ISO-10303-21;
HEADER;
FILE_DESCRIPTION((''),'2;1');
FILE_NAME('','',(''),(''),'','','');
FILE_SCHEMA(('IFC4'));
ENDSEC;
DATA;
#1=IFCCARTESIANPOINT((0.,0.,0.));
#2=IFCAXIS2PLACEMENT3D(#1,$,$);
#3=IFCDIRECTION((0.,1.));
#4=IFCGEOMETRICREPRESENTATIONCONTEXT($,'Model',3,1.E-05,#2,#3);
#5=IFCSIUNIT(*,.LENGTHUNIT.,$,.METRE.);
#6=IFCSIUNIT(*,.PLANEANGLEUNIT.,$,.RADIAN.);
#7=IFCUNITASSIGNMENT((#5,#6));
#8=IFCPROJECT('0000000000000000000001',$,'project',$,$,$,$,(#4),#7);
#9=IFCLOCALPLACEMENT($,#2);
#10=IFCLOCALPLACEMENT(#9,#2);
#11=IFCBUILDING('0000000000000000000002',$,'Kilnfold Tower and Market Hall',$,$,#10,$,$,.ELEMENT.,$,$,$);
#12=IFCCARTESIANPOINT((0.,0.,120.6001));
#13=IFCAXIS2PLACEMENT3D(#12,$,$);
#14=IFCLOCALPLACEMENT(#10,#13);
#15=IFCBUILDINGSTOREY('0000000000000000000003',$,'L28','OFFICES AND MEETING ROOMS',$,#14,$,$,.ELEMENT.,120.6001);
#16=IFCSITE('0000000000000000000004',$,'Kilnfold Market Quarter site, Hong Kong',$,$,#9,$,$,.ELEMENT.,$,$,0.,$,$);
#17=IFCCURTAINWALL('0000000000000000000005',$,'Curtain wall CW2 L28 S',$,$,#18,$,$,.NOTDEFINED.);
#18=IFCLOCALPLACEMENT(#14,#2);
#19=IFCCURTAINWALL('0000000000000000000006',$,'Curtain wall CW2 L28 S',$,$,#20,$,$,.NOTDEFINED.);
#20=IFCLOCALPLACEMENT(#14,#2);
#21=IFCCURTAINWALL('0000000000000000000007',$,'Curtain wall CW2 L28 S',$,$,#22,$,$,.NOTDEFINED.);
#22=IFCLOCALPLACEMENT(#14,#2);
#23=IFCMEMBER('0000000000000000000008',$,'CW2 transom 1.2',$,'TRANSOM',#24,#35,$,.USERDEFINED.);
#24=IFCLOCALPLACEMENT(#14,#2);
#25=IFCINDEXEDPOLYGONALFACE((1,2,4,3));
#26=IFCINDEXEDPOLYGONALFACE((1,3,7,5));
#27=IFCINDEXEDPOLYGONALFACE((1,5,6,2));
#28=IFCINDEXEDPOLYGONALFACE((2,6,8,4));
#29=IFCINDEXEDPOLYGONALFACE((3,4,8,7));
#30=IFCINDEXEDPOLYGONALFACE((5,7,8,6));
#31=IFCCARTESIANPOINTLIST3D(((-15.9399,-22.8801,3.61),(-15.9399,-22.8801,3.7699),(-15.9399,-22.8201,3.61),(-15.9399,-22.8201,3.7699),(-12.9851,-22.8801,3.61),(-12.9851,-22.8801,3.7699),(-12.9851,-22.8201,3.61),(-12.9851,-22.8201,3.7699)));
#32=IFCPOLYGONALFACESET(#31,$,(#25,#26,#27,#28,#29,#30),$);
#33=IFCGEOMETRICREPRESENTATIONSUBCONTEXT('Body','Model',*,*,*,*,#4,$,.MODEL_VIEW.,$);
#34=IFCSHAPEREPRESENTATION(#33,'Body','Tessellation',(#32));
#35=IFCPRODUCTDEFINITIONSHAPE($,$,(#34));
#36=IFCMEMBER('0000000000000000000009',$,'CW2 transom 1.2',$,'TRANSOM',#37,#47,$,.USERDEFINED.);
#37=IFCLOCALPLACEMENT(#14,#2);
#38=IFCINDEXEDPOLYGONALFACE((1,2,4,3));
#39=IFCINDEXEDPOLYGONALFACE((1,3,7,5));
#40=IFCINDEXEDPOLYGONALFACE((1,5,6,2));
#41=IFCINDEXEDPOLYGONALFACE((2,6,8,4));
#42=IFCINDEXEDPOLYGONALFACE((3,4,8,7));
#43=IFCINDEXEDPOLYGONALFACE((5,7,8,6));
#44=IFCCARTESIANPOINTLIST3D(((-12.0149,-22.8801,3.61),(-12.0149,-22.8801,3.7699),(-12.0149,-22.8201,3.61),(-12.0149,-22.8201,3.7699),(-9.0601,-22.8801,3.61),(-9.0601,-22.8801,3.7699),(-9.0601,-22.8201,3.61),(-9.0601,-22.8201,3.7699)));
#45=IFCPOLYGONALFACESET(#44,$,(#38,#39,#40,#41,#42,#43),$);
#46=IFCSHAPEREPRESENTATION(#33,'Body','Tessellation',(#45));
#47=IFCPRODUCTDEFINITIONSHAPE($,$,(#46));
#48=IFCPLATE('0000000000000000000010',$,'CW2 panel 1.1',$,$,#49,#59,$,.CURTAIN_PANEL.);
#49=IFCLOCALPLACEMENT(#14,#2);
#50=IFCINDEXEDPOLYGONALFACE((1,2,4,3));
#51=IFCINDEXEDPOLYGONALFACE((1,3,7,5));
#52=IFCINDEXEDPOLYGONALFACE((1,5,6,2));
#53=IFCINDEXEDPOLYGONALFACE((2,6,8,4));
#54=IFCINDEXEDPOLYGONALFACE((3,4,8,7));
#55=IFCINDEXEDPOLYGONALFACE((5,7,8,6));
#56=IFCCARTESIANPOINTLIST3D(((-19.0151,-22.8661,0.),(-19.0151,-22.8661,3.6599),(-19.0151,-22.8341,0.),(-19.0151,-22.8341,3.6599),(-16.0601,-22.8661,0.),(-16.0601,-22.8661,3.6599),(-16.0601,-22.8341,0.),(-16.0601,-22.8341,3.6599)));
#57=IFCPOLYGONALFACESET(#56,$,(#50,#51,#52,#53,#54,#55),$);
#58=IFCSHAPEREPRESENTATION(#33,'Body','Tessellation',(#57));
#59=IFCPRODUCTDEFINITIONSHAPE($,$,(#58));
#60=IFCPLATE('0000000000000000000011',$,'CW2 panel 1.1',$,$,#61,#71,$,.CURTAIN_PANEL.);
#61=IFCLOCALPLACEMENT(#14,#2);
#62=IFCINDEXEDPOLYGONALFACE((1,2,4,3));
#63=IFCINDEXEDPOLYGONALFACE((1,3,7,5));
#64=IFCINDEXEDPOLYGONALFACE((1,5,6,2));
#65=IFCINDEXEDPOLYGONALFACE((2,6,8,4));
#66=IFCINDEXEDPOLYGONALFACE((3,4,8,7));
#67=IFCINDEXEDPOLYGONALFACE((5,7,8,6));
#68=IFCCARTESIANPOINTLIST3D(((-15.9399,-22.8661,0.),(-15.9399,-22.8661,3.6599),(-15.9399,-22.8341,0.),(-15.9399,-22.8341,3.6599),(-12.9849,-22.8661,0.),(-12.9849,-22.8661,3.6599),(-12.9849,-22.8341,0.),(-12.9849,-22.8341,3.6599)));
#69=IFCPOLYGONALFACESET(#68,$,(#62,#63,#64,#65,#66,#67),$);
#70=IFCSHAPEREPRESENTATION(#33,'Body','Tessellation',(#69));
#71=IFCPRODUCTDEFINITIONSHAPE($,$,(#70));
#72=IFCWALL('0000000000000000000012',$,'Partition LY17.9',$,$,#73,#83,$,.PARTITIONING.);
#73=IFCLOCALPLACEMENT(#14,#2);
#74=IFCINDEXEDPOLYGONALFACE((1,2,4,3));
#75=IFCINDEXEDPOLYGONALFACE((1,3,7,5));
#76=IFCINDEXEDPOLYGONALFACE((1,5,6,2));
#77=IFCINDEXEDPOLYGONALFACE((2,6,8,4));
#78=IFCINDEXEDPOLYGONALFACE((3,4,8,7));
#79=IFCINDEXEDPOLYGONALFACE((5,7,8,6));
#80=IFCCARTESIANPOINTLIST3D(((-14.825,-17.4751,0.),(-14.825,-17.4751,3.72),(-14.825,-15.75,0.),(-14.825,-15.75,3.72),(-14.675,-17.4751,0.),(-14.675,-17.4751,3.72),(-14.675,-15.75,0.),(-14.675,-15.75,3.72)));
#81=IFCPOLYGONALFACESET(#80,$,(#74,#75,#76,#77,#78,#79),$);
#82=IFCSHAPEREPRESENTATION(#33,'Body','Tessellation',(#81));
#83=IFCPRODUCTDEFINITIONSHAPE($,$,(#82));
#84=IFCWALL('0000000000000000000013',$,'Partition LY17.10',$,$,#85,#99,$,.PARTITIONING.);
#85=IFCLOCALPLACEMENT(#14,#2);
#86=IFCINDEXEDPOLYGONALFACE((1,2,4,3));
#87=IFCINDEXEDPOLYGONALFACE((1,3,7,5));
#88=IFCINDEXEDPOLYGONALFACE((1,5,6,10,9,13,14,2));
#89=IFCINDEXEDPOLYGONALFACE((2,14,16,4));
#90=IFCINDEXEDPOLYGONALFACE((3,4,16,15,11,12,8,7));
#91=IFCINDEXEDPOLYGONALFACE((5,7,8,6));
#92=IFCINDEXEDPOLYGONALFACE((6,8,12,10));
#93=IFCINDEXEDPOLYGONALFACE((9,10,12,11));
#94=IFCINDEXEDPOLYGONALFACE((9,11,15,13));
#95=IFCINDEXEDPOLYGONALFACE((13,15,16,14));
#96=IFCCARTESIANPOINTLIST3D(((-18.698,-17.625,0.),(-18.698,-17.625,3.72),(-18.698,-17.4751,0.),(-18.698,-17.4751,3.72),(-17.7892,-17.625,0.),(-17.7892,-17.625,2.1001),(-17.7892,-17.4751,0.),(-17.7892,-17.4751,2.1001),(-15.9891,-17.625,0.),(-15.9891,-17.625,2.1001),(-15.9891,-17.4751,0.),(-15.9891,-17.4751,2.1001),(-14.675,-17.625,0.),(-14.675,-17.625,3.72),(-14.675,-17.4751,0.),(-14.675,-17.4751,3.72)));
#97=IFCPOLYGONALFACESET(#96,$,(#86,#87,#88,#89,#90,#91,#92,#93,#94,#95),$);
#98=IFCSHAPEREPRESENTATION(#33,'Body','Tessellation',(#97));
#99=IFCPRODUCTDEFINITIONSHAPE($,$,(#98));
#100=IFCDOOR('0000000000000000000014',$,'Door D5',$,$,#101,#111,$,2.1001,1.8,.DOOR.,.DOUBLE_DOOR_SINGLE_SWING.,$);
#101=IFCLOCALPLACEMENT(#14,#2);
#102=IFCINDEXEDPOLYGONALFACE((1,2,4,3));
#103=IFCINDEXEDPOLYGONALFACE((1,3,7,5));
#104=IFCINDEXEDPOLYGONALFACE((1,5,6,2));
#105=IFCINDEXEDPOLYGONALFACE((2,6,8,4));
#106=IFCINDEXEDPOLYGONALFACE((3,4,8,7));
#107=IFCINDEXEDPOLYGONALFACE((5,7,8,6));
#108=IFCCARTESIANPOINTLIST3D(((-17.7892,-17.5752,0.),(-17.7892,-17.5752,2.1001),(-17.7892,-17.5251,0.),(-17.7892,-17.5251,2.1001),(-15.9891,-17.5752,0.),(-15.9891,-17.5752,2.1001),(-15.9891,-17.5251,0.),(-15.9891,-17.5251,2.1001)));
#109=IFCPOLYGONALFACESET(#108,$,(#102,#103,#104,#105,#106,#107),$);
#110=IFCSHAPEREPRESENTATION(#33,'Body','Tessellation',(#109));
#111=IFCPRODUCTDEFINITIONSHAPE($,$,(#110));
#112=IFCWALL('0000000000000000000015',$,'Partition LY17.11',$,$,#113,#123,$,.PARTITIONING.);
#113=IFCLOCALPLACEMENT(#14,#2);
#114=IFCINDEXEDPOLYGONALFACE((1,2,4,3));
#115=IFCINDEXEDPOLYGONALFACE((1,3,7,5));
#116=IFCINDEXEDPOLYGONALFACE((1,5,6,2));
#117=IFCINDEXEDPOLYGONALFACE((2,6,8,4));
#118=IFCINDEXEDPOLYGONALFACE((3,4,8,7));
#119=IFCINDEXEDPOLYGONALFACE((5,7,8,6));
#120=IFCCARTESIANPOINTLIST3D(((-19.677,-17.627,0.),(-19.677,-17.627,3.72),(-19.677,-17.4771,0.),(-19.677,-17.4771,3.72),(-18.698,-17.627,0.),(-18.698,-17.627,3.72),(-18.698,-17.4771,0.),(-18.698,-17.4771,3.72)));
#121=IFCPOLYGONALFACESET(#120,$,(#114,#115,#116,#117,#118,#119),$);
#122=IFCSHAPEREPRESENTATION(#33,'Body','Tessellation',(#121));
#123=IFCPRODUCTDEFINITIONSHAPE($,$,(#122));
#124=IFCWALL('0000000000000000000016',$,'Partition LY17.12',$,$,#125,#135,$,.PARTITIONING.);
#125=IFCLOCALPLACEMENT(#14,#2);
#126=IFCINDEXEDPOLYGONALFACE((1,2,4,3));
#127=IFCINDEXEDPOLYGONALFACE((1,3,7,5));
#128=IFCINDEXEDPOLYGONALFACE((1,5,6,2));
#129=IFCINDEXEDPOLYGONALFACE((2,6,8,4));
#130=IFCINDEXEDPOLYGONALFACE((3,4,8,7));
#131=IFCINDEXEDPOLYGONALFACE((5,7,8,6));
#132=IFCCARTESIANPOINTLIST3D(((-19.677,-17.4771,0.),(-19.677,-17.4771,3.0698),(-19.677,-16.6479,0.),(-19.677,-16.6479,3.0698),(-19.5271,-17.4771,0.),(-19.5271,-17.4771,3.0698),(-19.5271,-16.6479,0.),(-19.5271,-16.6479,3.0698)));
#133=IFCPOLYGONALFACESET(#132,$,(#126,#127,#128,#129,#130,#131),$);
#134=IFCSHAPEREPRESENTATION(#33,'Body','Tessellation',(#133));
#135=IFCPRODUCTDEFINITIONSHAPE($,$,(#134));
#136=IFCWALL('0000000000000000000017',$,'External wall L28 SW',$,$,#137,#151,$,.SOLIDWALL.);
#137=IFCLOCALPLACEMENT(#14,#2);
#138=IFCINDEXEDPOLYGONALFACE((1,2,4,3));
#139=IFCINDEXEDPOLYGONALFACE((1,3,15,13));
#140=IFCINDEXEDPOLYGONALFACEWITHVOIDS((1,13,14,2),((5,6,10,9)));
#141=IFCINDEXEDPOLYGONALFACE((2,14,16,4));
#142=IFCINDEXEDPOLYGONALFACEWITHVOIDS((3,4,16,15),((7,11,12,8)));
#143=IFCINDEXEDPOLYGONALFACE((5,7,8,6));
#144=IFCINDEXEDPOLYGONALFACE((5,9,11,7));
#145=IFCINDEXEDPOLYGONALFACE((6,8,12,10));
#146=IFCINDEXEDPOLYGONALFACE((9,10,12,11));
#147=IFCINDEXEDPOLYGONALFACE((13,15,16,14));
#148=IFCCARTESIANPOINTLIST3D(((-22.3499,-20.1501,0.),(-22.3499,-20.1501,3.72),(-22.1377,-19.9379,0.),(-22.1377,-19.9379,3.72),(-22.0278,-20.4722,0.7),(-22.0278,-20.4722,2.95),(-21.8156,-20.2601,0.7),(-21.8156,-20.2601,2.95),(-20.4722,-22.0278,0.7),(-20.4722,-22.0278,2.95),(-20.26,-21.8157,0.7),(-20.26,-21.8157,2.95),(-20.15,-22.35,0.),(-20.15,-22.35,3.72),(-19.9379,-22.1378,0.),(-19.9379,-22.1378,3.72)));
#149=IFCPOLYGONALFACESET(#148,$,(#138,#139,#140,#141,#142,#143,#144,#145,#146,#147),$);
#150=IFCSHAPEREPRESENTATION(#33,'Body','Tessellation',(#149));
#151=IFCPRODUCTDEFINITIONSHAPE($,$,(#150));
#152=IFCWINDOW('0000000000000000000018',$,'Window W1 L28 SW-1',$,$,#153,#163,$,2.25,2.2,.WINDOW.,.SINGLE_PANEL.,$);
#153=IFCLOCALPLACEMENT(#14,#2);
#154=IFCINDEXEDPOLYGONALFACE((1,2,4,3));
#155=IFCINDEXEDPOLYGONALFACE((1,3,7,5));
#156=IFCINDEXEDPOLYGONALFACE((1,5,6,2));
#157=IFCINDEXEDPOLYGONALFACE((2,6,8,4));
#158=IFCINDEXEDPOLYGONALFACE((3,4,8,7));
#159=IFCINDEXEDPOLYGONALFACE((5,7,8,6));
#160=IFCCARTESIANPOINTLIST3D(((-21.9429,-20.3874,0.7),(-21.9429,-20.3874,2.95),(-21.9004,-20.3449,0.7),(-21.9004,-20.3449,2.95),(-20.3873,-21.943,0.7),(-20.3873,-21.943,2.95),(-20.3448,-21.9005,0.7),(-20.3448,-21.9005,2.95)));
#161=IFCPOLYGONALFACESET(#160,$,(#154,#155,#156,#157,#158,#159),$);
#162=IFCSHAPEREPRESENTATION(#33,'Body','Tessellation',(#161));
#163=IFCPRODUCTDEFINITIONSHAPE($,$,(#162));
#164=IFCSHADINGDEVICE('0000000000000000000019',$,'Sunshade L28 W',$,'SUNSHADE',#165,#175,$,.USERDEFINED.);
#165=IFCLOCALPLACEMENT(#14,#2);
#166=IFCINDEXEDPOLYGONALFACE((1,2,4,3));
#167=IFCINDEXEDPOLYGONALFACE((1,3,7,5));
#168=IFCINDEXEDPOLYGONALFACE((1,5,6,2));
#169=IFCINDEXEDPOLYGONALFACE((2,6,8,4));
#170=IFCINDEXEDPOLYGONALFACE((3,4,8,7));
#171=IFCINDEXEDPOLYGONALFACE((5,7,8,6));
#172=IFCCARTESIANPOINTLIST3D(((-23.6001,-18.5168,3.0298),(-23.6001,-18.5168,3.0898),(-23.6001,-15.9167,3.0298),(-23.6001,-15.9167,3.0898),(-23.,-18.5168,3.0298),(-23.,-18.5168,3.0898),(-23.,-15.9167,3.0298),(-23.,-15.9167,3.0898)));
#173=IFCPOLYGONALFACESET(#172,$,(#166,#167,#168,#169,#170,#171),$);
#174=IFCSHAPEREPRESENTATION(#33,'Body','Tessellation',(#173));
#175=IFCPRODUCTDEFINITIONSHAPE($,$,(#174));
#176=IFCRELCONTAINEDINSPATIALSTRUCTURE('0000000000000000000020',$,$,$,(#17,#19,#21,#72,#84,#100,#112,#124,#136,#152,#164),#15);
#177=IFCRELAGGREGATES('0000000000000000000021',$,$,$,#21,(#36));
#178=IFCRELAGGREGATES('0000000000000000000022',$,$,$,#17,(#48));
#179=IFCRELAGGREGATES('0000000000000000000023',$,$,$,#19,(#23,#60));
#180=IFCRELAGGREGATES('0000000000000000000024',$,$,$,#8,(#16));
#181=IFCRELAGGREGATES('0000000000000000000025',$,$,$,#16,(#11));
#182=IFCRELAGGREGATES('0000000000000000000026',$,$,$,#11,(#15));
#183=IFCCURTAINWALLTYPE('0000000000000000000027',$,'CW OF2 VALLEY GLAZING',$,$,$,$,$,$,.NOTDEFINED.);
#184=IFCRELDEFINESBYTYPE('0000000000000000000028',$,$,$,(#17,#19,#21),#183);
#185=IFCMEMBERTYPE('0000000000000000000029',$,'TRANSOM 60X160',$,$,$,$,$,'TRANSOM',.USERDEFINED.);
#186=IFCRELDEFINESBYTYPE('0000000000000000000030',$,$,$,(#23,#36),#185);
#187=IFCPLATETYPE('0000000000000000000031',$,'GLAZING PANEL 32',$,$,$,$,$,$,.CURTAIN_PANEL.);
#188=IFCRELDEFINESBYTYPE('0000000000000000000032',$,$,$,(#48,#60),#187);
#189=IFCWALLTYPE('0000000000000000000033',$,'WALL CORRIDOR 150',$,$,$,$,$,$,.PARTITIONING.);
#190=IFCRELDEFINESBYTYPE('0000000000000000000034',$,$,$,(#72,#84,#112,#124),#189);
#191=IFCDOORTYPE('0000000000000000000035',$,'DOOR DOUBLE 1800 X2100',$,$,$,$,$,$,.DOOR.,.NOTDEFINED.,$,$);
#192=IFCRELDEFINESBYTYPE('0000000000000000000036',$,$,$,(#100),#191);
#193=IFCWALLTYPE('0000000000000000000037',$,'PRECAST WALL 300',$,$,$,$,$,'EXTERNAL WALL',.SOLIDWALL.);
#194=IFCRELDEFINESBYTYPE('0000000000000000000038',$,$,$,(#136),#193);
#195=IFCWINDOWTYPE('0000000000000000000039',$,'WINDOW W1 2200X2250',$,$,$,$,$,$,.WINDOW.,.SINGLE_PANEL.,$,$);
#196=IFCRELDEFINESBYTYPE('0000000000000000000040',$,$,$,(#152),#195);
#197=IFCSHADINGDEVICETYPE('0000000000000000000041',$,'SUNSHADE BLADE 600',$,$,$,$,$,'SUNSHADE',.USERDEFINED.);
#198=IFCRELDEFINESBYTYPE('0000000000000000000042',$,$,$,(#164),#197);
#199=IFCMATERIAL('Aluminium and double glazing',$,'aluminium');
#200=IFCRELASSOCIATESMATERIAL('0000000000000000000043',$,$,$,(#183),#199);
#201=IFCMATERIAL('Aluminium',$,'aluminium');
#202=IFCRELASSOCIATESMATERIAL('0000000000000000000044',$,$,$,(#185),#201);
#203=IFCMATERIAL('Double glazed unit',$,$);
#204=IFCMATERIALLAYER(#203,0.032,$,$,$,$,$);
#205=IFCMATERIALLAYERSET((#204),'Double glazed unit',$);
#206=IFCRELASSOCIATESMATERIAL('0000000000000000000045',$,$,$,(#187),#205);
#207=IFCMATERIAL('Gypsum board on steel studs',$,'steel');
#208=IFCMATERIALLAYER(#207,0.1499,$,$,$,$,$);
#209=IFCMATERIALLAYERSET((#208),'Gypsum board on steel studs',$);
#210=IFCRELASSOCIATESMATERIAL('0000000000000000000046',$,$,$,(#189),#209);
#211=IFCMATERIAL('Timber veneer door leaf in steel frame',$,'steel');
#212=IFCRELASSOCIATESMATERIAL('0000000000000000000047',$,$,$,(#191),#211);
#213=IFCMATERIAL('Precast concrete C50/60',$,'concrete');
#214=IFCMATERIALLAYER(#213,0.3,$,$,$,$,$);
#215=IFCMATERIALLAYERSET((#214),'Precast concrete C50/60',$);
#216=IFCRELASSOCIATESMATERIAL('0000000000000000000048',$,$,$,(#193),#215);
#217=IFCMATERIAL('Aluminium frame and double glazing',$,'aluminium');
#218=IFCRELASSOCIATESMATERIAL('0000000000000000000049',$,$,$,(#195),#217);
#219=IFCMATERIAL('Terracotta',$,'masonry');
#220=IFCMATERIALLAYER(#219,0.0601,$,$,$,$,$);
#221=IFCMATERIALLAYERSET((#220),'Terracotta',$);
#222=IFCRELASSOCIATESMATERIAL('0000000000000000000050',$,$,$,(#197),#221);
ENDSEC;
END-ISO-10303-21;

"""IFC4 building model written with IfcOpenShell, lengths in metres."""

from ifc_helpers import new_model, si_unit, direction, frame, frame_2d, origin, origin_2d, place, context, subcontext, project, spatial, rectangle, extrude, source, transform, mapped, material, layer, layer_set, material_profile, profile_set, type_object, element, fill, aggregate, save


model = new_model("IFC4")

# Units and contexts
model_context = context("Model", 3, precision=1e-05, world=origin(), true_north=direction((0.0, 1.0)))
body_context = subcontext(model_context, "Body", "Model", "MODEL_VIEW")
ifc_project = project(units=[si_unit("LENGTHUNIT", "METRE"), si_unit("PLANEANGLEUNIT", "RADIAN")], contexts=[model_context])

# Site, building, storey
site_placement = place(None, origin())
site = spatial("IfcSite", under=ifc_project, at=site_placement, Name="Kilnfold Market Quarter site, Hong Kong", CompositionType="ELEMENT", RefElevation=0.0)
building_placement = place(site_placement, origin())
building = spatial("IfcBuilding", under=site, at=building_placement, Name="Kilnfold Tower and Market Hall", CompositionType="ELEMENT")
storey_placement = place(building_placement, frame((0.0, 0.0, 120.6001)))
storey = spatial("IfcBuildingStorey", under=building, at=storey_placement, Name="L28", Description="OFFICES AND MEETING ROOMS", CompositionType="ELEMENT", Elevation=120.6001)

# Curtain walls
ifc_material_1 = material(Name="Aluminium and double glazing", Category="aluminium")
curtain_wall_type = type_object("IfcCurtainWallType", Name="CW OF2 VALLEY GLAZING", PredefinedType="NOTDEFINED", material=ifc_material_1)
curtain_wall_1_placement = place(storey_placement, origin())
curtain_wall_1 = element("IfcCurtainWall", 1, at=curtain_wall_1_placement, inside=storey, type_object=curtain_wall_type, Name="Curtain wall CW2 L28 S", PredefinedType="NOTDEFINED")
curtain_wall_2_placement = place(storey_placement, origin())
curtain_wall_2 = element("IfcCurtainWall", 2, at=curtain_wall_2_placement, inside=storey, type_object=curtain_wall_type, Name="Curtain wall CW2 L28 S", PredefinedType="NOTDEFINED")

# Curtain wall
curtain_wall_3_placement = place(storey_placement, origin())
curtain_wall_3 = element("IfcCurtainWall", 3, at=curtain_wall_3_placement, inside=storey, type_object=curtain_wall_type, Name="Curtain wall CW2 L28 S", PredefinedType="NOTDEFINED")

# Members
ifc_material_2 = material(Name="Aluminium", Category="aluminium")
ifc_material_profile_1 = material_profile(ifc_material_2, rectangle(XDim=0.0601, YDim=0.1599, at=origin_2d()), Name="TRANSOM 60x160")
ifc_profile_set_1 = profile_set([ifc_material_profile_1], Name="Aluminium")
member_type_1 = type_object("IfcMemberType", Name="TRANSOM 60X160", ElementType="TRANSOM", PredefinedType="USERDEFINED", material=ifc_profile_set_1)
shared_shape_1 = source(origin(), body_context, "Body", "SweptSolid", [
    extrude(rectangle(XDim=0.0601, YDim=0.1599, at=origin_2d()), origin(), (0.0, 0.0, 1.0), 2.9548),
])
member_1_placement = place(storey_placement, frame((-15.9399, -22.8501, 3.6899), z_axis=(1.0, 0.0, 0.0), x_axis=(0.0, 1.0, 0.0)))
member_1 = element("IfcMember", 4, at=member_1_placement, type_object=member_type_1, Name="CW2 transom 1.2", ObjectType="TRANSOM", PredefinedType="USERDEFINED", context=body_context, shape_type="MappedRepresentation", body=[
    mapped(shared_shape_1, transform((0.0, 0.0, 0.0))),
])
member_2_placement = place(storey_placement, frame((-12.0149, -22.8501, 3.6899), z_axis=(1.0, 0.0, 0.0), x_axis=(0.0, 1.0, 0.0)))
member_2 = element("IfcMember", 5, at=member_2_placement, type_object=member_type_1, Name="CW2 transom 1.2", ObjectType="TRANSOM", PredefinedType="USERDEFINED", context=body_context, shape_type="MappedRepresentation", body=[
    mapped(shared_shape_1, transform((0.0, 0.0, 0.0))),
])
aggregate(curtain_wall_3, [member_2])

# Plates
ifc_material_3 = material(Name="Double glazed unit")
ifc_layer_1 = layer(ifc_material_3, 0.032)
ifc_layer_set_1 = layer_set([ifc_layer_1], Name="Double glazed unit")
plate_type = type_object("IfcPlateType", Name="GLAZING PANEL 32", PredefinedType="CURTAIN_PANEL", material=ifc_layer_set_1)
shared_shape_2 = source(origin(), body_context, "Body", "SweptSolid", [
    extrude(rectangle(XDim=2.9551, YDim=0.032, at=origin_2d()), origin(), (0.0, 0.0, 1.0), 3.6599),
])
plate_1_placement = place(storey_placement, frame((-17.5376, -22.8501, 0.0), z_axis=(0.0, 0.0, 1.0), x_axis=(1.0, 0.0, 0.0)))
plate_1 = element("IfcPlate", 6, at=plate_1_placement, type_object=plate_type, Name="CW2 panel 1.1", PredefinedType="CURTAIN_PANEL", context=body_context, shape_type="MappedRepresentation", body=[
    mapped(shared_shape_2, transform((0.0, 0.0, 0.0))),
])
aggregate(curtain_wall_1, [plate_1])
plate_2_placement = place(storey_placement, frame((-14.4624, -22.8501, 0.0), z_axis=(0.0, 0.0, 1.0), x_axis=(1.0, 0.0, 0.0)))
plate_2 = element("IfcPlate", 7, at=plate_2_placement, type_object=plate_type, Name="CW2 panel 1.1", PredefinedType="CURTAIN_PANEL", context=body_context, shape_type="MappedRepresentation", body=[
    mapped(shared_shape_2, transform((0.0, 0.0, 0.0))),
])
aggregate(curtain_wall_2, [member_1, plate_2])

# Wall
ifc_material_4 = material(Name="Gypsum board on steel studs", Category="steel")
ifc_layer_2 = layer(ifc_material_4, 0.1499)
ifc_layer_set_2 = layer_set([ifc_layer_2], Name="Gypsum board on steel studs")
wall_type_1 = type_object("IfcWallType", Name="WALL CORRIDOR 150", PredefinedType="PARTITIONING", material=ifc_layer_set_2)
wall_1_placement = place(storey_placement, frame((-14.75, -17.4751, 0.0), z_axis=(0.0, 0.0, 1.0), x_axis=(0.0, 1.0, 0.0)))
element("IfcWall", 8, at=wall_1_placement, inside=storey, type_object=wall_type_1, Name="Partition LY17.9", PredefinedType="PARTITIONING", context=body_context, shape_type="SweptSolid", body=[
    extrude(rectangle(XDim=1.7251, YDim=0.1499, at=frame_2d((0.8625, 0.0))), origin(), (0.0, 0.0, 1.0), 3.72),
])

# Wall, opening, door
wall_2_placement = place(storey_placement, frame((-18.698, -17.55, 0.0), z_axis=(0.0, 0.0, 1.0), x_axis=(1.0, 0.0, 0.0)))
wall_2 = element("IfcWall", 9, at=wall_2_placement, inside=storey, type_object=wall_type_1, Name="Partition LY17.10", PredefinedType="PARTITIONING", context=body_context, shape_type="SweptSolid", body=[
    extrude(rectangle(XDim=4.0229, YDim=0.1499, at=frame_2d((2.0115, 0.0))), origin(), (0.0, 0.0, 1.0), 3.72),
])
opening_1_placement = place(wall_2_placement, frame((0.9089, 0.0, 0.0)))
opening_1 = element("IfcOpeningElement", 10, at=opening_1_placement, cuts=wall_2, PredefinedType="OPENING", context=body_context, shape_type="SweptSolid", body=[
    extrude(rectangle(XDim=1.8, YDim=2.1001, at=frame_2d((0.8999, 1.05))), frame((0.0, 0.085, 0.0), z_axis=(0.0, -1.0, 0.0), x_axis=(1.0, 0.0, 0.0)), (0.0, 0.0, 1.0), 0.1699),
])
ifc_material_5 = material(Name="Timber veneer door leaf in steel frame", Category="steel")
door_type = type_object("IfcDoorType", Name="DOOR DOUBLE 1800 X2100", OperationType="NOTDEFINED", PredefinedType="DOOR", material=ifc_material_5)
door_placement = place(opening_1_placement, origin())
door = element("IfcDoor", 11, at=door_placement, inside=storey, type_object=door_type, Name="Door D5", OperationType="DOUBLE_DOOR_SINGLE_SWING", OverallHeight=2.1001, OverallWidth=1.8, PredefinedType="DOOR", context=body_context, shape_type="SweptSolid", body=[
    extrude(rectangle(XDim=1.8, YDim=2.1001, at=frame_2d((0.8999, 1.05))), frame((0.0, 0.0249, 0.0), z_axis=(0.0, -1.0, 0.0), x_axis=(1.0, 0.0, 0.0)), (0.0, 0.0, 1.0), 0.05),
])
fill(opening_1, door)

# Walls
wall_3_placement = place(storey_placement, frame((-19.677, -17.552, 0.0), z_axis=(0.0, 0.0, 1.0), x_axis=(1.0, 0.0, 0.0)))
element("IfcWall", 12, at=wall_3_placement, inside=storey, type_object=wall_type_1, Name="Partition LY17.11", PredefinedType="PARTITIONING", context=body_context, shape_type="SweptSolid", body=[
    extrude(rectangle(XDim=0.979, YDim=0.1499, at=frame_2d((0.4895, 0.0))), origin(), (0.0, 0.0, 1.0), 3.72),
])
wall_4_placement = place(storey_placement, frame((-19.6021, -16.6479, 0.0), z_axis=(0.0, 0.0, 1.0), x_axis=(0.0, -1.0, 0.0)))
element("IfcWall", 13, at=wall_4_placement, inside=storey, type_object=wall_type_1, Name="Partition LY17.12", PredefinedType="PARTITIONING", context=body_context, shape_type="SweptSolid", body=[
    extrude(rectangle(XDim=0.8291, YDim=0.1499, at=frame_2d((0.4146, 0.0))), origin(), (0.0, 0.0, 1.0), 3.0698),
])

# Wall, opening, window
ifc_material_6 = material(Name="Precast concrete C50/60", Category="concrete")
ifc_layer_3 = layer(ifc_material_6, 0.3)
ifc_layer_set_3 = layer_set([ifc_layer_3], Name="Precast concrete C50/60")
wall_type_2 = type_object("IfcWallType", Name="PRECAST WALL 300", ElementType="EXTERNAL WALL", PredefinedType="SOLIDWALL", material=ifc_layer_set_3)
shared_shape_3 = source(origin(), body_context, "Body", "SweptSolid", [
    extrude(rectangle(XDim=3.1111, YDim=0.3, at=frame_2d((1.5557, 0.0))), origin(), (0.0, 0.0, 1.0), 3.72),
])
wall_5_placement = place(storey_placement, frame((-22.2439, -20.0439, 0.0), z_axis=(0.0, 0.0, 1.0), x_axis=(0.707107, -0.707107, 0.0)))
wall_5 = element("IfcWall", 14, at=wall_5_placement, inside=storey, type_object=wall_type_2, Name="External wall L28 SW", PredefinedType="SOLIDWALL", context=body_context, shape_type="MappedRepresentation", body=[
    mapped(shared_shape_3, transform((0.0, 0.0, 0.0))),
])
opening_2_placement = place(wall_5_placement, frame((0.4556, 0.0, 0.7)))
opening_2 = element("IfcOpeningElement", 15, at=opening_2_placement, cuts=wall_5, PredefinedType="OPENING", context=body_context, shape_type="SweptSolid", body=[
    extrude(rectangle(XDim=2.2, YDim=2.25, at=frame_2d((1.1001, 1.125))), frame((0.0, 0.1602, 0.0), z_axis=(0.0, -1.0, 0.0), x_axis=(1.0, 0.0, 0.0)), (0.0, 0.0, 1.0), 0.3201),
])
ifc_material_7 = material(Name="Aluminium frame and double glazing", Category="aluminium")
window_type = type_object("IfcWindowType", Name="WINDOW W1 2200X2250", PartitioningType="SINGLE_PANEL", PredefinedType="WINDOW", material=ifc_material_7)
window_placement = place(opening_2_placement, origin())
window = element("IfcWindow", 16, at=window_placement, inside=storey, type_object=window_type, Name="Window W1 L28 SW-1", OverallHeight=2.25, OverallWidth=2.2, PartitioningType="SINGLE_PANEL", PredefinedType="WINDOW", context=body_context, shape_type="SweptSolid", body=[
    extrude(rectangle(XDim=2.2, YDim=2.25, at=frame_2d((1.1001, 1.125))), frame((0.0, 0.03, 0.0), z_axis=(0.0, -1.0, 0.0), x_axis=(1.0, 0.0, 0.0)), (0.0, 0.0, 1.0), 0.0601),
])
fill(opening_2, window)

# Shading device
ifc_material_8 = material(Name="Terracotta", Category="masonry")
ifc_layer_4 = layer(ifc_material_8, 0.0601)
ifc_layer_set_4 = layer_set([ifc_layer_4], Name="Terracotta")
shading_device_type_1 = type_object("IfcShadingDeviceType", Name="SUNSHADE BLADE 600", ElementType="SUNSHADE", PredefinedType="USERDEFINED", material=ifc_layer_set_4)
shared_shape_4 = source(origin(), body_context, "Body", "SweptSolid", [
    extrude(rectangle(XDim=2.6001, YDim=0.6001, at=origin_2d()), origin(), (0.0, 0.0, 1.0), 0.0601),
])
shading_device_placement = place(storey_placement, frame((-23.3, -17.2168, 3.0298), z_axis=(0.0, 0.0, 1.0), x_axis=(0.0, -1.0, 0.0)))
element("IfcShadingDevice", 17, at=shading_device_placement, inside=storey, type_object=shading_device_type_1, Name="Sunshade L28 W", ObjectType="SUNSHADE", PredefinedType="USERDEFINED", context=body_context, shape_type="MappedRepresentation", body=[
    mapped(shared_shape_4, transform((0.0, 0.0, 0.0))),
])

save(model, "model.ifc")
